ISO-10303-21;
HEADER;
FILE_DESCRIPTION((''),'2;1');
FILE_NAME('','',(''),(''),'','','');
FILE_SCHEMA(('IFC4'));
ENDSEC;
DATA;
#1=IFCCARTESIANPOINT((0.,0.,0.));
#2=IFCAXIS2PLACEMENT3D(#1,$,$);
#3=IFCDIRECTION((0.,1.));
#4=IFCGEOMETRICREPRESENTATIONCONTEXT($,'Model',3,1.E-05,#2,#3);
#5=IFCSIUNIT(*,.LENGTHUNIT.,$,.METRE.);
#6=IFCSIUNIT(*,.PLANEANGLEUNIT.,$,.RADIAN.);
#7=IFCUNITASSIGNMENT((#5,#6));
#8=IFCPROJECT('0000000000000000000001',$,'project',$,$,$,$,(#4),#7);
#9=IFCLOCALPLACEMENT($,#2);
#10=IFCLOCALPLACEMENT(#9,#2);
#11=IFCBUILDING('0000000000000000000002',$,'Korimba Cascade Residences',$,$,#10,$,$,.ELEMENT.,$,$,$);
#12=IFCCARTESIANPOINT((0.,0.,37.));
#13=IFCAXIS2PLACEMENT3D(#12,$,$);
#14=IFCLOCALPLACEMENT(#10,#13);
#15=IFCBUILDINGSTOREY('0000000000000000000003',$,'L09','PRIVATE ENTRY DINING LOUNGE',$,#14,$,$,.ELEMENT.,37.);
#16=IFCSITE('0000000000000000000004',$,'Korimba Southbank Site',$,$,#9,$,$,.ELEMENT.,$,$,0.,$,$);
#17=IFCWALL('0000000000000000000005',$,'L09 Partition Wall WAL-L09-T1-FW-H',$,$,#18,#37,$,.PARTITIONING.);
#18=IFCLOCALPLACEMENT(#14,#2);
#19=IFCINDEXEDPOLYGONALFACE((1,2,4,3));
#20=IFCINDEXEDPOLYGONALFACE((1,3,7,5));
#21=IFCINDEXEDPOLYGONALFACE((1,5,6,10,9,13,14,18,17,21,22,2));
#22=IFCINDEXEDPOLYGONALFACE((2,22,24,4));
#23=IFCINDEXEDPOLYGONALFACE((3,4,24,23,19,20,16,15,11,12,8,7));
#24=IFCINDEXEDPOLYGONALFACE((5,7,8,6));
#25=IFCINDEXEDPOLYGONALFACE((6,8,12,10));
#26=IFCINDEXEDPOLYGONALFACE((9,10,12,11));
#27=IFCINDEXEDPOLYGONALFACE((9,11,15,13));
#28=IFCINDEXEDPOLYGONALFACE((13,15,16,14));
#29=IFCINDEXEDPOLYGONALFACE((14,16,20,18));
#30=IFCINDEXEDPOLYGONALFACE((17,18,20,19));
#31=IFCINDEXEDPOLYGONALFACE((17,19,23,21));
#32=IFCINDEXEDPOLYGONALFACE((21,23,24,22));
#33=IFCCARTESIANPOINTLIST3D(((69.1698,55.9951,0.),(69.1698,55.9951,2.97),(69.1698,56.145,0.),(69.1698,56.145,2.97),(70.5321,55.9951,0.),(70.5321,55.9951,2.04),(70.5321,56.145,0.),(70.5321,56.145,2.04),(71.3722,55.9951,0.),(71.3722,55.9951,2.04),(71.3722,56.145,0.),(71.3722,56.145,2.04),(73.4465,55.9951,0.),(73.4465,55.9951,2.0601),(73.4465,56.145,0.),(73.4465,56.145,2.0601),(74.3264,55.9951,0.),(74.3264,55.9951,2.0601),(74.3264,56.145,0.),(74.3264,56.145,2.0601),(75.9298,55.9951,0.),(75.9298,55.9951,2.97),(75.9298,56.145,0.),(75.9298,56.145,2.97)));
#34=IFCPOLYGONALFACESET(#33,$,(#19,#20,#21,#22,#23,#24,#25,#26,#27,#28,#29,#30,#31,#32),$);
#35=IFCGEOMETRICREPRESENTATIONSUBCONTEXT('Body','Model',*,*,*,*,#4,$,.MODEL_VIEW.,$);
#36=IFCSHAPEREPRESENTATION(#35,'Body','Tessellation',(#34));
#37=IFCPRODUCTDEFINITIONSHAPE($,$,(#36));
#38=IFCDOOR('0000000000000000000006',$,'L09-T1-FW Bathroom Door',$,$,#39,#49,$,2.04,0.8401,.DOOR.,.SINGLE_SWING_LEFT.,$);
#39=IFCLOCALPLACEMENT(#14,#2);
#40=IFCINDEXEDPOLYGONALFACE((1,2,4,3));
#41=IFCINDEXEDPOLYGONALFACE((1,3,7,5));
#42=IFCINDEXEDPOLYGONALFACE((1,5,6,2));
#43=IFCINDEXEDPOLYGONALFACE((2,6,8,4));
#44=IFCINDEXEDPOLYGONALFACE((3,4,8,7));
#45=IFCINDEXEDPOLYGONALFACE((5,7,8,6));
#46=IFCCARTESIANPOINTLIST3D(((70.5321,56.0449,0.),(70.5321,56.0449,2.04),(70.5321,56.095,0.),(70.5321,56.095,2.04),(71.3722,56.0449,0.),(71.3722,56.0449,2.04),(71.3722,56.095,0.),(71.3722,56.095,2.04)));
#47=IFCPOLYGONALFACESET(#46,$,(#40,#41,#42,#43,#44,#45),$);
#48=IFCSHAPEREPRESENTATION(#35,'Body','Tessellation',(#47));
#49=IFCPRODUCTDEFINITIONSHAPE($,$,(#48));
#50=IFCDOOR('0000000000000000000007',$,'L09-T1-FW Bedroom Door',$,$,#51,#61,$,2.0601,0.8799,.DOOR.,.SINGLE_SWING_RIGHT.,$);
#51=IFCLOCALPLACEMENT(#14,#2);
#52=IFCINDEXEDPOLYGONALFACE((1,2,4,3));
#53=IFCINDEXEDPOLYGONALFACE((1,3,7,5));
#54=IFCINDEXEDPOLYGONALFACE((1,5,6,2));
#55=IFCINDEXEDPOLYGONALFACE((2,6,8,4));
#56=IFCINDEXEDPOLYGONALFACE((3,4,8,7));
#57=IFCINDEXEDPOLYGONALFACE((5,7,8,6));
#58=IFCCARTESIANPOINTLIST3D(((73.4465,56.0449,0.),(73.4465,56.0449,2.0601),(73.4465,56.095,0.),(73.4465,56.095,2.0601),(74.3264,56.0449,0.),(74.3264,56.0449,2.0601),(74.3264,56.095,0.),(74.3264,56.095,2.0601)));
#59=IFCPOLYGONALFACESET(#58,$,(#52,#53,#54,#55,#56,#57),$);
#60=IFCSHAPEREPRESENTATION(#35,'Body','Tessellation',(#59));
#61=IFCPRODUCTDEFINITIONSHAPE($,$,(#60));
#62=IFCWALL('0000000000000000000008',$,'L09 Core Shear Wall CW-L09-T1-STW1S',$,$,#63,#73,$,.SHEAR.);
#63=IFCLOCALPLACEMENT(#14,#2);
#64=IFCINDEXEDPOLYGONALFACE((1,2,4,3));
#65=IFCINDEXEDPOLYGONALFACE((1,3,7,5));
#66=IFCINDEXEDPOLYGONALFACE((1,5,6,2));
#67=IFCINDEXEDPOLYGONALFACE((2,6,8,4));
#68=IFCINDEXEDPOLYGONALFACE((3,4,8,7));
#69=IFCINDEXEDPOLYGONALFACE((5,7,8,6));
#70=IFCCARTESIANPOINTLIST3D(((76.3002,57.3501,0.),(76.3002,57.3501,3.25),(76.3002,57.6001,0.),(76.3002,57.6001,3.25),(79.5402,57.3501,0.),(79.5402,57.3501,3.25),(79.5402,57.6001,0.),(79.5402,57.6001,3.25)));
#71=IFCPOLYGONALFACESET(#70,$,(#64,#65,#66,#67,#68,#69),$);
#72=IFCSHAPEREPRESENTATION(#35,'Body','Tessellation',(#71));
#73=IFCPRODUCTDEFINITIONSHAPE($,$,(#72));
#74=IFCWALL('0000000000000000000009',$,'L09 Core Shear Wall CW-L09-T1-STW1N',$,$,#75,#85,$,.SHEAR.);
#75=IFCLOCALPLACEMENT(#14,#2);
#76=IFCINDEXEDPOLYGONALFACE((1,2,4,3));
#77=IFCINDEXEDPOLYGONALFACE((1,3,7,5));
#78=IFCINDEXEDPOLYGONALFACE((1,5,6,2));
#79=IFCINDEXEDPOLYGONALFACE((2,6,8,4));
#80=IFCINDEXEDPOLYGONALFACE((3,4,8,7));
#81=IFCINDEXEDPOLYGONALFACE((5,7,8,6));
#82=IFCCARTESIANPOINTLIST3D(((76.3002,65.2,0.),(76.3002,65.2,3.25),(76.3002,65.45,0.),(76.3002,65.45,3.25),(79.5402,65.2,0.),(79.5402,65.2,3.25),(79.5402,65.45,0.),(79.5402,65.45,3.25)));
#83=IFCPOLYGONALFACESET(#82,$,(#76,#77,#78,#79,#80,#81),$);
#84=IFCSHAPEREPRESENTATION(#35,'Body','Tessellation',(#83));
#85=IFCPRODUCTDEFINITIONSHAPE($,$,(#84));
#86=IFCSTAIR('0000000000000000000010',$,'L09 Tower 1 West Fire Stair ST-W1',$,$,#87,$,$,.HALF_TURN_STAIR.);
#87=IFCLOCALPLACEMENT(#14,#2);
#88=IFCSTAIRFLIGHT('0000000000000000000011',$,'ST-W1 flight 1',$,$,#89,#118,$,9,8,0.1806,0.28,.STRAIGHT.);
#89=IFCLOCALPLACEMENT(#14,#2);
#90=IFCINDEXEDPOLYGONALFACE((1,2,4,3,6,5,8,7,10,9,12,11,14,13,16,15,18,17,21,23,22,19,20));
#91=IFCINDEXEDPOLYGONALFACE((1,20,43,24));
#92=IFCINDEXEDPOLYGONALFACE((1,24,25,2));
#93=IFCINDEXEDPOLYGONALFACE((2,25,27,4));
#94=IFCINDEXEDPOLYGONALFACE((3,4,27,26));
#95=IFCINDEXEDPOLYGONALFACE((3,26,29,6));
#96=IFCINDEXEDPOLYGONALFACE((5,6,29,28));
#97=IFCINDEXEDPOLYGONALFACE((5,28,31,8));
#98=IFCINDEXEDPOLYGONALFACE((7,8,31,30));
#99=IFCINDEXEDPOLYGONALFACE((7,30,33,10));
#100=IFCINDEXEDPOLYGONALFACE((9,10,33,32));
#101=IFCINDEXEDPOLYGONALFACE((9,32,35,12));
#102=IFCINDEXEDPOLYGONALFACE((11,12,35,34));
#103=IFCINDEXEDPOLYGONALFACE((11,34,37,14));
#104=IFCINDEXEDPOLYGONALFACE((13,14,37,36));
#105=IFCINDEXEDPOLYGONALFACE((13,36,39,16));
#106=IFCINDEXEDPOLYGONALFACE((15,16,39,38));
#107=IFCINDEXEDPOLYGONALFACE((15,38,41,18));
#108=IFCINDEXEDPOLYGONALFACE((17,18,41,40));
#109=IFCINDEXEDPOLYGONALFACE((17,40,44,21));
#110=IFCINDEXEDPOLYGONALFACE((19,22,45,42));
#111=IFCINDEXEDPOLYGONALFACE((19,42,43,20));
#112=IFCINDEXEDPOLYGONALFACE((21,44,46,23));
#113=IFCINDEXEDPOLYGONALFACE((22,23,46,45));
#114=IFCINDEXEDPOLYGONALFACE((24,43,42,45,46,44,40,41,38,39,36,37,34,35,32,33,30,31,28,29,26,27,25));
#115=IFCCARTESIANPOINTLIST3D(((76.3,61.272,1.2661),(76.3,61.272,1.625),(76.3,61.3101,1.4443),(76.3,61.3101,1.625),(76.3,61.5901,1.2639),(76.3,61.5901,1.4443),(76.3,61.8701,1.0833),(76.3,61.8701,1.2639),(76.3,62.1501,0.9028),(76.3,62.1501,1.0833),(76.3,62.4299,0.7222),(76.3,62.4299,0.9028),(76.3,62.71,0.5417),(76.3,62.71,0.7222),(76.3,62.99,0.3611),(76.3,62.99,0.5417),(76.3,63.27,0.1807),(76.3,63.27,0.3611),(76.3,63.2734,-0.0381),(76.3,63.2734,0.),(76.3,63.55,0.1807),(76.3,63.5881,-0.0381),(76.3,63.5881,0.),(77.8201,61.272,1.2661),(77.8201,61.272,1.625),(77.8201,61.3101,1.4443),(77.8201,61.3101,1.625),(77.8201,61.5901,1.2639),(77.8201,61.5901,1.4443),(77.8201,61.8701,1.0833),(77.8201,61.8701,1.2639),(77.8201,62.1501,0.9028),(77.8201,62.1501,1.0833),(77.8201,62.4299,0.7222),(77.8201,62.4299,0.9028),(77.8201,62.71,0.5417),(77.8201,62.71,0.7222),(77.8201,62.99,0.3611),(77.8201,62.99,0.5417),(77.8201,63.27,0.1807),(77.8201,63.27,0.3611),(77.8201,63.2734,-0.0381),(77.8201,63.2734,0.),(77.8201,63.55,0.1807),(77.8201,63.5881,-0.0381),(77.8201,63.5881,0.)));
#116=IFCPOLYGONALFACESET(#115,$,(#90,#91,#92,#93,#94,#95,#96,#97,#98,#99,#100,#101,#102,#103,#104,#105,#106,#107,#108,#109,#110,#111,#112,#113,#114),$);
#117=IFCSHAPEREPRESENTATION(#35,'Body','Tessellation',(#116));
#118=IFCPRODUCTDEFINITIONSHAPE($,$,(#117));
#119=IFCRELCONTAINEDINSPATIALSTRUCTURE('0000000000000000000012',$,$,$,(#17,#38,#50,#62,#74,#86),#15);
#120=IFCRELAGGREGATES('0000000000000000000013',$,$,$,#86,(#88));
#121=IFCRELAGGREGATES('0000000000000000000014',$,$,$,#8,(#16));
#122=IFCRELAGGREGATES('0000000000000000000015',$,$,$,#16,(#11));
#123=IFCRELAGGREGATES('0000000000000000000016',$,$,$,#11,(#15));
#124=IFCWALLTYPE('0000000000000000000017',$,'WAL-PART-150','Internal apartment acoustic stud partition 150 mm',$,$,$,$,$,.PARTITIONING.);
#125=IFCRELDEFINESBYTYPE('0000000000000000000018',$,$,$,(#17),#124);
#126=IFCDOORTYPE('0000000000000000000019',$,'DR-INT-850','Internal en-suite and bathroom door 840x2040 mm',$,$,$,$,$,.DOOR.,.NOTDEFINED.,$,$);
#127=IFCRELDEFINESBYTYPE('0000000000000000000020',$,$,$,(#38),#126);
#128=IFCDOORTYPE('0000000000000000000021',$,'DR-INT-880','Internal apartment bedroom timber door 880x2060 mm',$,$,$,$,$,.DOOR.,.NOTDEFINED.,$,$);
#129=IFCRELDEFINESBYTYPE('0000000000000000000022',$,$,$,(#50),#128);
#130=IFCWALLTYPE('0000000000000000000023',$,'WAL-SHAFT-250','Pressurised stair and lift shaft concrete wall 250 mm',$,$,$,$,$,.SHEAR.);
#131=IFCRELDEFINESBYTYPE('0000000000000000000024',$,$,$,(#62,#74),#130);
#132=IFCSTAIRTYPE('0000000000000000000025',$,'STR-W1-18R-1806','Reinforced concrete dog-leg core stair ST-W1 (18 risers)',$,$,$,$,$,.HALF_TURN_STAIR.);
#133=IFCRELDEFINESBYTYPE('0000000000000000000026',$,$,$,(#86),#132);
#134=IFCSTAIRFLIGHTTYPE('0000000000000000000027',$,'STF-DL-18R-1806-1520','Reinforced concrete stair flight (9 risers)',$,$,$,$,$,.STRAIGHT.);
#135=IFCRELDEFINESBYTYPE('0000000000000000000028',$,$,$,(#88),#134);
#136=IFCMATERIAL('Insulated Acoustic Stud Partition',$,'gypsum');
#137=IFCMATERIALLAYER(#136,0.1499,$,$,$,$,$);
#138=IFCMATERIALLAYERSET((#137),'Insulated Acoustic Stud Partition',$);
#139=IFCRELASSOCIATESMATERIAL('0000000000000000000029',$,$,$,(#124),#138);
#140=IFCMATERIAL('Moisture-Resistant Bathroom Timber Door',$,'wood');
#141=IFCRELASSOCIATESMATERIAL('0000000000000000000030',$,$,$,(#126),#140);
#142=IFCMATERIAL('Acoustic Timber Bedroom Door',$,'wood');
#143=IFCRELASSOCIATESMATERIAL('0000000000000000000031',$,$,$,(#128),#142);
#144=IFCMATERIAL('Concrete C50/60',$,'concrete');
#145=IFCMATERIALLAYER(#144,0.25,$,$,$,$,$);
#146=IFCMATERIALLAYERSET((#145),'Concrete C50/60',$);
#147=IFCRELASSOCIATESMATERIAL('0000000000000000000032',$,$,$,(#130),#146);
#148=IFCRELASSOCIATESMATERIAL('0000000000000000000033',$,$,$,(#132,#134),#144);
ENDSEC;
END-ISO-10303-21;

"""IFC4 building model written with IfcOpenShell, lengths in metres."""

from ifc_helpers import new_model, si_unit, direction, frame, frame_2d, origin, place, context, subcontext, project, spatial, polyline, rectangle, outline, extrude, material, layer, layer_set, type_object, element, fill, aggregate, save


model = new_model("IFC4")

# Units and contexts
model_context = context("Model", 3, precision=1e-05, world=origin(), true_north=direction((0.0, 1.0)))
body_context = subcontext(model_context, "Body", "Model", "MODEL_VIEW")
ifc_project = project(units=[si_unit("LENGTHUNIT", "METRE"), si_unit("PLANEANGLEUNIT", "RADIAN")], contexts=[model_context])

# Site, building, storey
site_placement = place(None, origin())
site = spatial("IfcSite", under=ifc_project, at=site_placement, Name="Korimba Southbank Site", CompositionType="ELEMENT", RefElevation=0.0)
building_placement = place(site_placement, origin())
building = spatial("IfcBuilding", under=site, at=building_placement, Name="Korimba Cascade Residences", CompositionType="ELEMENT")
storey_placement = place(building_placement, frame((0.0, 0.0, 37.0)))
storey = spatial("IfcBuildingStorey", under=building, at=storey_placement, Name="L09", Description="PRIVATE ENTRY DINING LOUNGE", CompositionType="ELEMENT", Elevation=37.0)

# Shared definitions
ifc_material_1 = material(Name="Concrete C50/60", Category="concrete")

# Shared definitions
ifc_material_2 = material(Name="Insulated Acoustic Stud Partition", Category="gypsum")
ifc_layer_1 = layer(ifc_material_2, 0.1499)
ifc_layer_set_1 = layer_set([ifc_layer_1], Name="Insulated Acoustic Stud Partition")
wall_type_1 = type_object("IfcWallType", Name="WAL-PART-150", Description="Internal apartment acoustic stud partition 150 mm", PredefinedType="PARTITIONING", material=ifc_layer_set_1)

# Wall, openings, doors
wall_1_placement = place(storey_placement, frame((69.1699, 56.0701, 0.0), z_axis=(0.0, 0.0, 1.0), x_axis=(1.0, 0.0, 0.0)))
wall_1 = element("IfcWall", 1, at=wall_1_placement, inside=storey, type_object=wall_type_1, Name="L09 Partition Wall WAL-L09-T1-FW-H", PredefinedType="PARTITIONING", context=body_context, shape_type="SweptSolid", body=[
    extrude(rectangle(XDim=6.76, YDim=0.1499, at=frame_2d((3.3799, 0.0))), origin(), (0.0, 0.0, 1.0), 2.97),
])
opening_1_placement = place(wall_1_placement, frame((1.3623, 0.0, 0.0)))
opening_1 = element("IfcOpeningElement", 2, at=opening_1_placement, cuts=wall_1, PredefinedType="OPENING", context=body_context, shape_type="SweptSolid", body=[
    extrude(rectangle(XDim=0.8401, YDim=2.04, at=frame_2d((0.4199, 1.02))), frame((0.0, 0.085, 0.0), z_axis=(0.0, -1.0, 0.0), x_axis=(1.0, 0.0, 0.0)), (0.0, 0.0, 1.0), 0.1699),
])
opening_2_placement = place(wall_1_placement, frame((4.2766, 0.0, 0.0)))
opening_2 = element("IfcOpeningElement", 3, at=opening_2_placement, cuts=wall_1, PredefinedType="OPENING", context=body_context, shape_type="SweptSolid", body=[
    extrude(rectangle(XDim=0.8799, YDim=2.0601, at=frame_2d((0.4399, 1.03))), frame((0.0, 0.085, 0.0), z_axis=(0.0, -1.0, 0.0), x_axis=(1.0, 0.0, 0.0)), (0.0, 0.0, 1.0), 0.1699),
])
ifc_material_3 = material(Name="Moisture-Resistant Bathroom Timber Door", Category="wood")
door_type_1 = type_object("IfcDoorType", Name="DR-INT-850", Description="Internal en-suite and bathroom door 840x2040 mm", OperationType="NOTDEFINED", PredefinedType="DOOR", material=ifc_material_3)
door_1_placement = place(opening_1_placement, origin())
door_1 = element("IfcDoor", 4, at=door_1_placement, inside=storey, type_object=door_type_1, Name="L09-T1-FW Bathroom Door", OperationType="SINGLE_SWING_LEFT", OverallHeight=2.04, OverallWidth=0.8401, PredefinedType="DOOR", context=body_context, shape_type="SweptSolid", body=[
    extrude(rectangle(XDim=0.8401, YDim=2.04, at=frame_2d((0.4199, 1.02))), frame((0.0, 0.0249, 0.0), z_axis=(0.0, -1.0, 0.0), x_axis=(1.0, 0.0, 0.0)), (0.0, 0.0, 1.0), 0.05),
])
fill(opening_1, door_1)
ifc_material_4 = material(Name="Acoustic Timber Bedroom Door", Category="wood")
door_type_2 = type_object("IfcDoorType", Name="DR-INT-880", Description="Internal apartment bedroom timber door 880x2060 mm", OperationType="NOTDEFINED", PredefinedType="DOOR", material=ifc_material_4)
door_2_placement = place(opening_2_placement, origin())
door_2 = element("IfcDoor", 5, at=door_2_placement, inside=storey, type_object=door_type_2, Name="L09-T1-FW Bedroom Door", OperationType="SINGLE_SWING_RIGHT", OverallHeight=2.0601, OverallWidth=0.8799, PredefinedType="DOOR", context=body_context, shape_type="SweptSolid", body=[
    extrude(rectangle(XDim=0.8799, YDim=2.0601, at=frame_2d((0.4399, 1.03))), frame((0.0, 0.0249, 0.0), z_axis=(0.0, -1.0, 0.0), x_axis=(1.0, 0.0, 0.0)), (0.0, 0.0, 1.0), 0.05),
])
fill(opening_2, door_2)

# Walls
ifc_layer_2 = layer(ifc_material_1, 0.25)
ifc_layer_set_2 = layer_set([ifc_layer_2], Name="Concrete C50/60")
wall_type_2 = type_object("IfcWallType", Name="WAL-SHAFT-250", Description="Pressurised stair and lift shaft concrete wall 250 mm", PredefinedType="SHEAR", material=ifc_layer_set_2)
for number, where, z_axis, x_axis, name in (
    (6, (76.3, 57.4751, 0.0), (0.0, 0.0, 1.0), (1.0, 0.0, 0.0), "L09 Core Shear Wall CW-L09-T1-STW1S"),
    (7, (76.3, 65.325, 0.0), (0.0, 0.0, 1.0), (1.0, 0.0, 0.0), "L09 Core Shear Wall CW-L09-T1-STW1N"),
):
    element("IfcWall", number, at=place(storey_placement, frame(where, z_axis=z_axis, x_axis=x_axis)), inside=storey, type_object=wall_type_2, Name=name, PredefinedType="SHEAR", context=body_context, shape_type="SweptSolid", body=[
        extrude(rectangle(XDim=3.24, YDim=0.25, at=frame_2d((1.6201, 0.0))), origin(), (0.0, 0.0, 1.0), 3.25),
    ])

# Stair, stair flight
stair_type = type_object("IfcStairType", Name="STR-W1-18R-1806", Description="Reinforced concrete dog-leg core stair ST-W1 (18 risers)", PredefinedType="HALF_TURN_STAIR", material=ifc_material_1)
stair_placement = place(storey_placement, origin())
stair = element("IfcStair", 8, at=stair_placement, inside=storey, type_object=stair_type, Name="L09 Tower 1 West Fire Stair ST-W1", PredefinedType="HALF_TURN_STAIR")
stair_flight_type = type_object("IfcStairFlightType", Name="STF-DL-18R-1806-1520", Description="Reinforced concrete stair flight (9 risers)", PredefinedType="STRAIGHT", material=ifc_material_1)
stair_flight_placement = place(storey_placement, frame((77.0601, 63.55, 0.0), z_axis=(0.0, 0.0, 1.0), x_axis=(0.0, -1.0, 0.0)))
stair_flight = element("IfcStairFlight", 9, at=stair_flight_placement, type_object=stair_flight_type, Name="ST-W1 flight 1", NumberOfRisers=9, NumberOfTreads=8, PredefinedType="STRAIGHT", RiserHeight=0.1806, TreadLength=0.28, context=body_context, shape_type="SweptSolid", body=[
    extrude(outline(polyline([(-0.0381, 0.0), (0.0, 0.1807), (0.28, 0.1807), (0.28, 0.3611), (0.5601, 0.3611), (0.5601, 0.5417), (0.8401, 0.5417), (0.8401, 0.7222), (1.1201, 0.7222), (1.1201, 0.9028), (1.3999, 0.9028), (1.3999, 1.0833), (1.6799, 1.0833), (1.6799, 1.2639), (1.96, 1.2639), (1.96, 1.4443), (2.24, 1.4443), (2.24, 1.625), (2.2781, 1.625), (2.2781, 1.2661), (0.2766, 0.0), (0.2766, -0.0381), (-0.0381, -0.0381), (-0.0381, 0.0)])), frame((0.0, 0.76, 0.0), z_axis=(0.0, -1.0, 0.0), x_axis=(1.0, 0.0, 0.0)), (0.0, 0.0, 1.0), 1.52),
])
aggregate(stair, [stair_flight])

save(model, "model.ifc")
